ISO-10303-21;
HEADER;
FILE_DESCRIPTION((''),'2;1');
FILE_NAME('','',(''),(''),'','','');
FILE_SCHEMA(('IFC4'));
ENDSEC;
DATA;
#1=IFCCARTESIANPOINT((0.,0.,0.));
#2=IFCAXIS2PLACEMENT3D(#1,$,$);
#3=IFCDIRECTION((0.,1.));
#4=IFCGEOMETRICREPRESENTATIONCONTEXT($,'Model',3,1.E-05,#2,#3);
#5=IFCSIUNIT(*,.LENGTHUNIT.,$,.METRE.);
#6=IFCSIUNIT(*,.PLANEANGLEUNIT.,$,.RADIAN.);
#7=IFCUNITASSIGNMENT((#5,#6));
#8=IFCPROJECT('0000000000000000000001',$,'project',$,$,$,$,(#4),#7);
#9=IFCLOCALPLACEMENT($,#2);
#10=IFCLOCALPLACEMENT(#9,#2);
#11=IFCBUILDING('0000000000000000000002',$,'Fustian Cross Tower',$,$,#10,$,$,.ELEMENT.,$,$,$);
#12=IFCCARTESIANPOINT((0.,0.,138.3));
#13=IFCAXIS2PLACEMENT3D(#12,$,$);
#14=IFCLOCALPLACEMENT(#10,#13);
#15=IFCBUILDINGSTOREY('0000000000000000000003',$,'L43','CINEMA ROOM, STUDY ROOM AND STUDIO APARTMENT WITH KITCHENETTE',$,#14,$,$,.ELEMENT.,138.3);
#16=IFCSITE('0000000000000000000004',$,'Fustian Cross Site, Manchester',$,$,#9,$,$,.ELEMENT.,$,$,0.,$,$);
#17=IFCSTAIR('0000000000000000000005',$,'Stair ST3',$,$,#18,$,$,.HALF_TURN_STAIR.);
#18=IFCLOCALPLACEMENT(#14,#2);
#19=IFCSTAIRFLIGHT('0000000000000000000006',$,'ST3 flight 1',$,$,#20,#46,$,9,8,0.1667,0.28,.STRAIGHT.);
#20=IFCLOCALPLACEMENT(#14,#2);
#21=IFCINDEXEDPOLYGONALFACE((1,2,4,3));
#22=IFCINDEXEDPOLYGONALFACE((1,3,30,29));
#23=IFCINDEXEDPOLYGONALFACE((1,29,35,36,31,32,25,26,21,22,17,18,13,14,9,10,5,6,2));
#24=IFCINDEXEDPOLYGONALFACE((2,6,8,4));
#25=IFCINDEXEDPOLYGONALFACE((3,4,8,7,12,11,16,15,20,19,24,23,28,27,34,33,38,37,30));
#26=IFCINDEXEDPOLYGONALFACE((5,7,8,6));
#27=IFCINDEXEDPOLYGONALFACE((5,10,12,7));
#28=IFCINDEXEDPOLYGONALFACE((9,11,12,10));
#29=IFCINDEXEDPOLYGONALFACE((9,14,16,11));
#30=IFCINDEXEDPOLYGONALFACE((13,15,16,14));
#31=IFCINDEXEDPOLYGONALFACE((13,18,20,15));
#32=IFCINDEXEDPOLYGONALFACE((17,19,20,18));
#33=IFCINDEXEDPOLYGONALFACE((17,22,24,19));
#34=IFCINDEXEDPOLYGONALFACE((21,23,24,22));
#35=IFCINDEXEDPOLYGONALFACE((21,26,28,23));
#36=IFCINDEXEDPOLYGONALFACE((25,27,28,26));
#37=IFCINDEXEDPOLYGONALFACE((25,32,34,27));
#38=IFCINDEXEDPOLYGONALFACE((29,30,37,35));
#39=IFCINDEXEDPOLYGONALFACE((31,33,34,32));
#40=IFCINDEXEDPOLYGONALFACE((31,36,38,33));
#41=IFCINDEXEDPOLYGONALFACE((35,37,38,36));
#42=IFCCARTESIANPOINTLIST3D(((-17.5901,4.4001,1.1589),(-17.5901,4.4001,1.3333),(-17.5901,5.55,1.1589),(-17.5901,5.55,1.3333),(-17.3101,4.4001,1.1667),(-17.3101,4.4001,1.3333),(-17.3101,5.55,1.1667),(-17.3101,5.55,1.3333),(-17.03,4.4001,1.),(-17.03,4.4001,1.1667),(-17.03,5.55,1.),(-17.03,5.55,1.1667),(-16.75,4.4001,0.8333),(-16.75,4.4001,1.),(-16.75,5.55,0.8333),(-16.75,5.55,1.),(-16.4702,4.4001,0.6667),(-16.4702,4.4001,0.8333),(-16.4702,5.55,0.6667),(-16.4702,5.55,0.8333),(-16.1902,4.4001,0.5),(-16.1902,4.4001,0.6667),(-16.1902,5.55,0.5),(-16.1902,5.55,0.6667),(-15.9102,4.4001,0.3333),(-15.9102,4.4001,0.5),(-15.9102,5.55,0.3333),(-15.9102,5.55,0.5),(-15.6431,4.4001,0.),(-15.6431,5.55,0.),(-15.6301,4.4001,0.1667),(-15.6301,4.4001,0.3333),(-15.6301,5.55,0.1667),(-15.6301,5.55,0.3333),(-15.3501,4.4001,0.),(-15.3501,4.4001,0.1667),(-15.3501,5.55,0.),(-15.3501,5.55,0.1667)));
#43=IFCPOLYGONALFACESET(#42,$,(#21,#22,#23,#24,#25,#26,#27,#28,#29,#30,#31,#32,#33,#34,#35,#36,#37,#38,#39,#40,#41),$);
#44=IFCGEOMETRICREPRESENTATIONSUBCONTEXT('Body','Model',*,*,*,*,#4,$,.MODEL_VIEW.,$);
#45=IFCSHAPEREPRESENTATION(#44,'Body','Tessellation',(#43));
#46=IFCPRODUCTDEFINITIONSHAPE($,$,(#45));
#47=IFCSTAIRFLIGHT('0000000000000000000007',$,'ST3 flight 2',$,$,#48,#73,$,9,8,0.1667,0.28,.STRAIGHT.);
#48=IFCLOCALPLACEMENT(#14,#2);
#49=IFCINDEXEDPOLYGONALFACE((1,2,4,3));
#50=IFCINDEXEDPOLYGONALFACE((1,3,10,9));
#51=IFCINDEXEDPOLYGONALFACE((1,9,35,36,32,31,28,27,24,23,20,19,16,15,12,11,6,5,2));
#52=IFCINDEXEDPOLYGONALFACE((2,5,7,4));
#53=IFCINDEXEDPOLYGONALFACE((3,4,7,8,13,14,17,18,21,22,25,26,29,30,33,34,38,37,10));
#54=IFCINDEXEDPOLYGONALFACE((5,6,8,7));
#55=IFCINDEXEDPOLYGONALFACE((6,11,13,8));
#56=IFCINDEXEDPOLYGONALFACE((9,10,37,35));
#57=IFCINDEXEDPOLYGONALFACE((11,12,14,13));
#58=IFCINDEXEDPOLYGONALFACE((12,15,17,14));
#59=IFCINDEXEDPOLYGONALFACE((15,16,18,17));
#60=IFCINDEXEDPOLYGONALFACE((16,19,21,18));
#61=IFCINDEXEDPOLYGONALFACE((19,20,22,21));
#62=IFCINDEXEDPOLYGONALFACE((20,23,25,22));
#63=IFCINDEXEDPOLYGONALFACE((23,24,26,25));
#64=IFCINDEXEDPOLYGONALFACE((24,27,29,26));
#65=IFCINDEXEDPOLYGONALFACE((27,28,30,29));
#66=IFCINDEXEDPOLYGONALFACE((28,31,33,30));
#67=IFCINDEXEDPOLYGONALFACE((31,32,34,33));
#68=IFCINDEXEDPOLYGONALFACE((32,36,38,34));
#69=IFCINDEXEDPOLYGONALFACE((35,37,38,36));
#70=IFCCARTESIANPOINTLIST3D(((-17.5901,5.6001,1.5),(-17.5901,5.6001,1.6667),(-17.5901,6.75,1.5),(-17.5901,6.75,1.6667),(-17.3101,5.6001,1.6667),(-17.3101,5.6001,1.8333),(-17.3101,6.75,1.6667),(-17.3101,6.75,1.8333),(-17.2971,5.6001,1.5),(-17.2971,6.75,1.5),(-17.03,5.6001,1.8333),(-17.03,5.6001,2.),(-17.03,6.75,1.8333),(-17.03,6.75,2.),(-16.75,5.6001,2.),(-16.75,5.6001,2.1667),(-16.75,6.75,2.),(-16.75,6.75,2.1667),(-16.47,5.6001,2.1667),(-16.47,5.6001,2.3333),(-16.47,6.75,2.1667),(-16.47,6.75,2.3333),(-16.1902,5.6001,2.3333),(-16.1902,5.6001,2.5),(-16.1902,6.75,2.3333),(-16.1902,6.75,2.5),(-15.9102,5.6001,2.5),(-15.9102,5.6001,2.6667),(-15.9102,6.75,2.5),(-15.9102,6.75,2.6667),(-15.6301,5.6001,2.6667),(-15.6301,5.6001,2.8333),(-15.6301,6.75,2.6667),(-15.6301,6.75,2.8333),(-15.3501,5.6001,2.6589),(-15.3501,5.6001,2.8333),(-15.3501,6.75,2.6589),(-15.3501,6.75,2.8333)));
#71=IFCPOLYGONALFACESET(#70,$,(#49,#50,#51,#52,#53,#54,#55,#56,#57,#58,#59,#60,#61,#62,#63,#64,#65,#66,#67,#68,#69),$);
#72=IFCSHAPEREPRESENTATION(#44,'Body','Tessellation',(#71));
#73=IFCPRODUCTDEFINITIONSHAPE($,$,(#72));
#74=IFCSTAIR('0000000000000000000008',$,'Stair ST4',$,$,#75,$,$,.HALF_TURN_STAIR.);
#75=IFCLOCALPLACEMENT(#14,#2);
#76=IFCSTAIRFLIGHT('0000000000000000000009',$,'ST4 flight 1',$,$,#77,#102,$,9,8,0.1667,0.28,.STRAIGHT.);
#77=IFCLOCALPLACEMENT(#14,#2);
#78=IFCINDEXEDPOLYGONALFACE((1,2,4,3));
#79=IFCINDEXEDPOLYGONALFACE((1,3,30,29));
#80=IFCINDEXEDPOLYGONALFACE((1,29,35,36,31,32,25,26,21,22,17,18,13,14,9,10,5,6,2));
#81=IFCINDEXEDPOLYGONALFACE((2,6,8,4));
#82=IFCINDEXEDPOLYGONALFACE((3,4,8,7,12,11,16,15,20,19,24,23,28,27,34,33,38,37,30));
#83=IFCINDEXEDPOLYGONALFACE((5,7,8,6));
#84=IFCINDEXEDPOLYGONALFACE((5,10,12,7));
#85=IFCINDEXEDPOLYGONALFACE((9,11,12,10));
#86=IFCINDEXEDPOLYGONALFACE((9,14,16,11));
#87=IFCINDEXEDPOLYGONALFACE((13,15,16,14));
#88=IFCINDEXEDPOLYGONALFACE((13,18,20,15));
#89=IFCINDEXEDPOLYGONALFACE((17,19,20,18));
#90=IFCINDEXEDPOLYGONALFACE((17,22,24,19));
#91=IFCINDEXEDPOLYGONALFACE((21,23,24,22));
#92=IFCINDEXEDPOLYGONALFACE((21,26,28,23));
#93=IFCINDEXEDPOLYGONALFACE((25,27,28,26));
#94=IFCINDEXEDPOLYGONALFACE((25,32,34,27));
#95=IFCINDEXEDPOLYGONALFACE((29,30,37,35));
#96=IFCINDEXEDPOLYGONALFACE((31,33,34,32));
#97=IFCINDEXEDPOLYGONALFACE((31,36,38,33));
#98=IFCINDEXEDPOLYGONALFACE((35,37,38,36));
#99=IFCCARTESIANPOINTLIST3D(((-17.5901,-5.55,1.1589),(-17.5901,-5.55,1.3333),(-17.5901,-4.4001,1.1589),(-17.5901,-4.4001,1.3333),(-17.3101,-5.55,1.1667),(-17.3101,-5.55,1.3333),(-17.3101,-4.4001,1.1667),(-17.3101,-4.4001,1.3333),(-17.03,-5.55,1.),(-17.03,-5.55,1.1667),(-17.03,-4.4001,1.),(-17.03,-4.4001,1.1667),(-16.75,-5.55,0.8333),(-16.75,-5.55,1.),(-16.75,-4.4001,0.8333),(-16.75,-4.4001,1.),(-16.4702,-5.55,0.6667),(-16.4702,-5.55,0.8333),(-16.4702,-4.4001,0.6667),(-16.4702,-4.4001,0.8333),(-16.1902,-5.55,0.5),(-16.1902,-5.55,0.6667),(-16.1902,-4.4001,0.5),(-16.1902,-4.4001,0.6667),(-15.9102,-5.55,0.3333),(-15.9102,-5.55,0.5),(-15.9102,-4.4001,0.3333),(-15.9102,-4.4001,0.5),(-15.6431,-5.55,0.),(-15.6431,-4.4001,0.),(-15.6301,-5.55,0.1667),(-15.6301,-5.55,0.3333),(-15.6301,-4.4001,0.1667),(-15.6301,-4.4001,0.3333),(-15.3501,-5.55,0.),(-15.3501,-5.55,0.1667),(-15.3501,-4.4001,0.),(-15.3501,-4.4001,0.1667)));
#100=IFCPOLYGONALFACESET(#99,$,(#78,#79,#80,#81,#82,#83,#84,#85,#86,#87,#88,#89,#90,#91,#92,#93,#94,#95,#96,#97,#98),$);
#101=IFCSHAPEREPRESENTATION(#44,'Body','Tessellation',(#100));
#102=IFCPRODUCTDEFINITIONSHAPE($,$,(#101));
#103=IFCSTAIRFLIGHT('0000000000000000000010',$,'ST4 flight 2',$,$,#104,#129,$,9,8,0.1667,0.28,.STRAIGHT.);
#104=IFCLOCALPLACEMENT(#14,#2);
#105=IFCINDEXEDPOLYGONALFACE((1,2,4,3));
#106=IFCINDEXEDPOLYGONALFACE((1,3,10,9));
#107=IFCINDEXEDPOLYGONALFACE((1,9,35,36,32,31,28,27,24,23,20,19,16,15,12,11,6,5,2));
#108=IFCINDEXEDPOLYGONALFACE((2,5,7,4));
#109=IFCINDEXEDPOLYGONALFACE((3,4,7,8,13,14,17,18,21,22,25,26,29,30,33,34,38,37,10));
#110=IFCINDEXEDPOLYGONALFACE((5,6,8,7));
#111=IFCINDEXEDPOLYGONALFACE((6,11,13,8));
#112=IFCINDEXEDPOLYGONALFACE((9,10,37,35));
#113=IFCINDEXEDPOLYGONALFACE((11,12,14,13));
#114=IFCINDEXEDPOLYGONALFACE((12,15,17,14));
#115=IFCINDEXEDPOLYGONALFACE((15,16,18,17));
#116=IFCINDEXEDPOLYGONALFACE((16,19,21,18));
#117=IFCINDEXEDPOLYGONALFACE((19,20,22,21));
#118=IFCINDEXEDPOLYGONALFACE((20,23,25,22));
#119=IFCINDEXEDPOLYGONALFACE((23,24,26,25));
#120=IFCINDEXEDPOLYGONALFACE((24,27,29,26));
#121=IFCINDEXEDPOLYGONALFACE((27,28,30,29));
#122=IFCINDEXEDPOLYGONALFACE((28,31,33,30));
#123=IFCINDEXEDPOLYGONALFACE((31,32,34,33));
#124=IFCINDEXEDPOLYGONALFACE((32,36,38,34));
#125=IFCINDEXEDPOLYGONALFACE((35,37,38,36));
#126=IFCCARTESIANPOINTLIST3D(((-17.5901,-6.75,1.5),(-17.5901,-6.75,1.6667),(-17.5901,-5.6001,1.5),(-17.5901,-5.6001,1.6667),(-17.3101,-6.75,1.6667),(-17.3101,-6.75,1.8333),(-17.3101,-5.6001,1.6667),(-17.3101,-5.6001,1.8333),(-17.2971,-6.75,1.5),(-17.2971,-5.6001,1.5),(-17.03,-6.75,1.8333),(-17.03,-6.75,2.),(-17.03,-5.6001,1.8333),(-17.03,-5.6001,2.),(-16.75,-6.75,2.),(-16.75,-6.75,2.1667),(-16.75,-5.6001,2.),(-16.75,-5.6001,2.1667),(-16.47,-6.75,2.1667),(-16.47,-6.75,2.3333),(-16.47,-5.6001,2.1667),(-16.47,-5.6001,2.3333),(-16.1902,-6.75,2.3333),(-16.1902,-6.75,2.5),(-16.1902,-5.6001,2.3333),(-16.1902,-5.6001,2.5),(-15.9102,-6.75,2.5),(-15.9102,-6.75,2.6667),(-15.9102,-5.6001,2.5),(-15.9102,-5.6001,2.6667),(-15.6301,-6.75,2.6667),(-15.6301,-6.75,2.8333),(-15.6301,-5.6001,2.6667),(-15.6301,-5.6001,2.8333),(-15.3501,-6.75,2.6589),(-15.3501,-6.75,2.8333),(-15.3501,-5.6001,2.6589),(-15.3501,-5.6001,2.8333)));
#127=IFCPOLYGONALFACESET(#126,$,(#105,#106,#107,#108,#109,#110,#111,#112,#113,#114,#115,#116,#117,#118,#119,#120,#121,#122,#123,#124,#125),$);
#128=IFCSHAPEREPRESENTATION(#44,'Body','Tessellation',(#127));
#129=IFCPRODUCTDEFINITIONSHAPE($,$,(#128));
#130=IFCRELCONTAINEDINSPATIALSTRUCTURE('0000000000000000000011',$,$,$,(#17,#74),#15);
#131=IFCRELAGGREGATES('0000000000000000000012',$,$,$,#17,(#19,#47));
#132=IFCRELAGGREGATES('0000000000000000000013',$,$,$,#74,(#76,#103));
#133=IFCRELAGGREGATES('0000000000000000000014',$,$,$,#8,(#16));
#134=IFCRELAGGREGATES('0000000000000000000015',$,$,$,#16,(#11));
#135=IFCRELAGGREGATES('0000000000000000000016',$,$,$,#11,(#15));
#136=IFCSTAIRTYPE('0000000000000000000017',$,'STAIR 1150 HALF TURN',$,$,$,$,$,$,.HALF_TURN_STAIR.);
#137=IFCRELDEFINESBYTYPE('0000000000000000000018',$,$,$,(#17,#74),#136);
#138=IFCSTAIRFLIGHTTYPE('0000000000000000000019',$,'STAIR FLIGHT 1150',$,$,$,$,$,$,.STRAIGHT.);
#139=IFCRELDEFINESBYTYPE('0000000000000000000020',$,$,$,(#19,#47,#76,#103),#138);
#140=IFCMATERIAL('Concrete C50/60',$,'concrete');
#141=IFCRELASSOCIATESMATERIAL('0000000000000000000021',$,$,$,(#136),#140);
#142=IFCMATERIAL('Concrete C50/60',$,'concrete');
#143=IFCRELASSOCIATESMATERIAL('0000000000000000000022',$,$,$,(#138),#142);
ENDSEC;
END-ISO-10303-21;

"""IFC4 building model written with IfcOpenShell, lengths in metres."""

from ifc_helpers import new_model, si_unit, direction, frame, origin, place, context, subcontext, project, spatial, polyline, outline, extrude, material, type_object, element, aggregate, save


model = new_model("IFC4")

# Units and contexts
model_context = context("Model", 3, precision=1e-05, world=origin(), true_north=direction((0.0, 1.0)))
body_context = subcontext(model_context, "Body", "Model", "MODEL_VIEW")
ifc_project = project(units=[si_unit("LENGTHUNIT", "METRE"), si_unit("PLANEANGLEUNIT", "RADIAN")], contexts=[model_context])

# Site, building, storey
site_placement = place(None, origin())
site = spatial("IfcSite", under=ifc_project, at=site_placement, Name="Fustian Cross Site, Manchester", CompositionType="ELEMENT", RefElevation=0.0)
building_placement = place(site_placement, origin())
building = spatial("IfcBuilding", under=site, at=building_placement, Name="Fustian Cross Tower", CompositionType="ELEMENT")
storey_placement = place(building_placement, frame((0.0, 0.0, 138.3)))
storey = spatial("IfcBuildingStorey", under=building, at=storey_placement, Name="L43", Description="CINEMA ROOM, STUDY ROOM AND STUDIO APARTMENT WITH KITCHENETTE", CompositionType="ELEMENT", Elevation=138.3)

# Stairs, stair flights
ifc_material_1 = material(Name="Concrete C50/60", Category="concrete")
stair_type = type_object("IfcStairType", Name="STAIR 1150 HALF TURN", PredefinedType="HALF_TURN_STAIR", material=ifc_material_1)
stair_1_placement = place(storey_placement, origin())
stair_1 = element("IfcStair", 1, at=stair_1_placement, inside=storey, type_object=stair_type, Name="Stair ST3", PredefinedType="HALF_TURN_STAIR")
ifc_material_2 = material(Name="Concrete C50/60", Category="concrete")
stair_flight_type = type_object("IfcStairFlightType", Name="STAIR FLIGHT 1150", PredefinedType="STRAIGHT", material=ifc_material_2)
stair_flight_1_placement = place(storey_placement, frame((-15.3501, 4.9751, 0.0), z_axis=(0.0, 0.0, 1.0), x_axis=(-1.0, 0.0, 0.0)))
stair_flight_1 = element("IfcStairFlight", 2, at=stair_flight_1_placement, type_object=stair_flight_type, Name="ST3 flight 1", NumberOfRisers=9, NumberOfTreads=8, PredefinedType="STRAIGHT", RiserHeight=0.1667, TreadLength=0.28, context=body_context, shape_type="SweptSolid", body=[
    extrude(outline(polyline([(0.0, 0.0), (0.0, 0.1667), (0.28, 0.1667), (0.28, 0.3333), (0.5601, 0.3333), (0.5601, 0.5), (0.8401, 0.5), (0.8401, 0.6667), (1.1201, 0.6667), (1.1201, 0.8333), (1.3999, 0.8333), (1.3999, 1.0), (1.6799, 1.0), (1.6799, 1.1667), (1.96, 1.1667), (1.96, 1.3333), (2.24, 1.3333), (2.24, 1.5), (2.24, 1.1589), (0.293, 0.0), (0.0, 0.0)])), frame((0.0, 0.575, 0.0), z_axis=(0.0, -1.0, 0.0), x_axis=(1.0, 0.0, 0.0)), (0.0, 0.0, 1.0), 1.1499),
])
stair_flight_2_placement = place(storey_placement, frame((-17.5901, 6.175, 1.5), z_axis=(0.0, 0.0, 1.0), x_axis=(1.0, 0.0, 0.0)))
stair_flight_2 = element("IfcStairFlight", 3, at=stair_flight_2_placement, type_object=stair_flight_type, Name="ST3 flight 2", NumberOfRisers=9, NumberOfTreads=8, PredefinedType="STRAIGHT", RiserHeight=0.1667, TreadLength=0.28, context=body_context, shape_type="SweptSolid", body=[
    extrude(outline(polyline([(0.0, 0.0), (0.0, 0.1667), (0.28, 0.1667), (0.28, 0.3333), (0.5601, 0.3333), (0.5601, 0.5), (0.8401, 0.5), (0.8401, 0.6667), (1.1201, 0.6667), (1.1201, 0.8333), (1.3999, 0.8333), (1.3999, 1.0), (1.6799, 1.0), (1.6799, 1.1667), (1.96, 1.1667), (1.96, 1.3333), (2.24, 1.3333), (2.24, 1.5), (2.24, 1.1589), (0.293, 0.0), (0.0, 0.0)])), frame((0.0, 0.575, 0.0), z_axis=(0.0, -1.0, 0.0), x_axis=(1.0, 0.0, 0.0)), (0.0, 0.0, 1.0), 1.1499),
])
aggregate(stair_1, [stair_flight_1, stair_flight_2])
stair_2_placement = place(storey_placement, origin())
stair_2 = element("IfcStair", 4, at=stair_2_placement, inside=storey, type_object=stair_type, Name="Stair ST4", PredefinedType="HALF_TURN_STAIR")
stair_flight_3_placement = place(storey_placement, frame((-15.3501, -4.9751, 0.0), z_axis=(0.0, 0.0, 1.0), x_axis=(-1.0, 0.0, 0.0)))
stair_flight_3 = element("IfcStairFlight", 5, at=stair_flight_3_placement, type_object=stair_flight_type, Name="ST4 flight 1", NumberOfRisers=9, NumberOfTreads=8, PredefinedType="STRAIGHT", RiserHeight=0.1667, TreadLength=0.28, context=body_context, shape_type="SweptSolid", body=[
    extrude(outline(polyline([(0.0, 0.0), (0.0, 0.1667), (0.28, 0.1667), (0.28, 0.3333), (0.5601, 0.3333), (0.5601, 0.5), (0.8401, 0.5), (0.8401, 0.6667), (1.1201, 0.6667), (1.1201, 0.8333), (1.3999, 0.8333), (1.3999, 1.0), (1.6799, 1.0), (1.6799, 1.1667), (1.96, 1.1667), (1.96, 1.3333), (2.24, 1.3333), (2.24, 1.5), (2.24, 1.1589), (0.293, 0.0), (0.0, 0.0)])), frame((0.0, 0.575, 0.0), z_axis=(0.0, -1.0, 0.0), x_axis=(1.0, 0.0, 0.0)), (0.0, 0.0, 1.0), 1.1499),
])
stair_flight_4_placement = place(storey_placement, frame((-17.5901, -6.175, 1.5), z_axis=(0.0, 0.0, 1.0), x_axis=(1.0, 0.0, 0.0)))
stair_flight_4 = element("IfcStairFlight", 6, at=stair_flight_4_placement, type_object=stair_flight_type, Name="ST4 flight 2", NumberOfRisers=9, NumberOfTreads=8, PredefinedType="STRAIGHT", RiserHeight=0.1667, TreadLength=0.28, context=body_context, shape_type="SweptSolid", body=[
    extrude(outline(polyline([(0.0, 0.0), (0.0, 0.1667), (0.28, 0.1667), (0.28, 0.3333), (0.5601, 0.3333), (0.5601, 0.5), (0.8401, 0.5), (0.8401, 0.6667), (1.1201, 0.6667), (1.1201, 0.8333), (1.3999, 0.8333), (1.3999, 1.0), (1.6799, 1.0), (1.6799, 1.1667), (1.96, 1.1667), (1.96, 1.3333), (2.24, 1.3333), (2.24, 1.5), (2.24, 1.1589), (0.293, 0.0), (0.0, 0.0)])), frame((0.0, 0.575, 0.0), z_axis=(0.0, -1.0, 0.0), x_axis=(1.0, 0.0, 0.0)), (0.0, 0.0, 1.0), 1.1499),
])
aggregate(stair_2, [stair_flight_3, stair_flight_4])

save(model, "model.ifc")
